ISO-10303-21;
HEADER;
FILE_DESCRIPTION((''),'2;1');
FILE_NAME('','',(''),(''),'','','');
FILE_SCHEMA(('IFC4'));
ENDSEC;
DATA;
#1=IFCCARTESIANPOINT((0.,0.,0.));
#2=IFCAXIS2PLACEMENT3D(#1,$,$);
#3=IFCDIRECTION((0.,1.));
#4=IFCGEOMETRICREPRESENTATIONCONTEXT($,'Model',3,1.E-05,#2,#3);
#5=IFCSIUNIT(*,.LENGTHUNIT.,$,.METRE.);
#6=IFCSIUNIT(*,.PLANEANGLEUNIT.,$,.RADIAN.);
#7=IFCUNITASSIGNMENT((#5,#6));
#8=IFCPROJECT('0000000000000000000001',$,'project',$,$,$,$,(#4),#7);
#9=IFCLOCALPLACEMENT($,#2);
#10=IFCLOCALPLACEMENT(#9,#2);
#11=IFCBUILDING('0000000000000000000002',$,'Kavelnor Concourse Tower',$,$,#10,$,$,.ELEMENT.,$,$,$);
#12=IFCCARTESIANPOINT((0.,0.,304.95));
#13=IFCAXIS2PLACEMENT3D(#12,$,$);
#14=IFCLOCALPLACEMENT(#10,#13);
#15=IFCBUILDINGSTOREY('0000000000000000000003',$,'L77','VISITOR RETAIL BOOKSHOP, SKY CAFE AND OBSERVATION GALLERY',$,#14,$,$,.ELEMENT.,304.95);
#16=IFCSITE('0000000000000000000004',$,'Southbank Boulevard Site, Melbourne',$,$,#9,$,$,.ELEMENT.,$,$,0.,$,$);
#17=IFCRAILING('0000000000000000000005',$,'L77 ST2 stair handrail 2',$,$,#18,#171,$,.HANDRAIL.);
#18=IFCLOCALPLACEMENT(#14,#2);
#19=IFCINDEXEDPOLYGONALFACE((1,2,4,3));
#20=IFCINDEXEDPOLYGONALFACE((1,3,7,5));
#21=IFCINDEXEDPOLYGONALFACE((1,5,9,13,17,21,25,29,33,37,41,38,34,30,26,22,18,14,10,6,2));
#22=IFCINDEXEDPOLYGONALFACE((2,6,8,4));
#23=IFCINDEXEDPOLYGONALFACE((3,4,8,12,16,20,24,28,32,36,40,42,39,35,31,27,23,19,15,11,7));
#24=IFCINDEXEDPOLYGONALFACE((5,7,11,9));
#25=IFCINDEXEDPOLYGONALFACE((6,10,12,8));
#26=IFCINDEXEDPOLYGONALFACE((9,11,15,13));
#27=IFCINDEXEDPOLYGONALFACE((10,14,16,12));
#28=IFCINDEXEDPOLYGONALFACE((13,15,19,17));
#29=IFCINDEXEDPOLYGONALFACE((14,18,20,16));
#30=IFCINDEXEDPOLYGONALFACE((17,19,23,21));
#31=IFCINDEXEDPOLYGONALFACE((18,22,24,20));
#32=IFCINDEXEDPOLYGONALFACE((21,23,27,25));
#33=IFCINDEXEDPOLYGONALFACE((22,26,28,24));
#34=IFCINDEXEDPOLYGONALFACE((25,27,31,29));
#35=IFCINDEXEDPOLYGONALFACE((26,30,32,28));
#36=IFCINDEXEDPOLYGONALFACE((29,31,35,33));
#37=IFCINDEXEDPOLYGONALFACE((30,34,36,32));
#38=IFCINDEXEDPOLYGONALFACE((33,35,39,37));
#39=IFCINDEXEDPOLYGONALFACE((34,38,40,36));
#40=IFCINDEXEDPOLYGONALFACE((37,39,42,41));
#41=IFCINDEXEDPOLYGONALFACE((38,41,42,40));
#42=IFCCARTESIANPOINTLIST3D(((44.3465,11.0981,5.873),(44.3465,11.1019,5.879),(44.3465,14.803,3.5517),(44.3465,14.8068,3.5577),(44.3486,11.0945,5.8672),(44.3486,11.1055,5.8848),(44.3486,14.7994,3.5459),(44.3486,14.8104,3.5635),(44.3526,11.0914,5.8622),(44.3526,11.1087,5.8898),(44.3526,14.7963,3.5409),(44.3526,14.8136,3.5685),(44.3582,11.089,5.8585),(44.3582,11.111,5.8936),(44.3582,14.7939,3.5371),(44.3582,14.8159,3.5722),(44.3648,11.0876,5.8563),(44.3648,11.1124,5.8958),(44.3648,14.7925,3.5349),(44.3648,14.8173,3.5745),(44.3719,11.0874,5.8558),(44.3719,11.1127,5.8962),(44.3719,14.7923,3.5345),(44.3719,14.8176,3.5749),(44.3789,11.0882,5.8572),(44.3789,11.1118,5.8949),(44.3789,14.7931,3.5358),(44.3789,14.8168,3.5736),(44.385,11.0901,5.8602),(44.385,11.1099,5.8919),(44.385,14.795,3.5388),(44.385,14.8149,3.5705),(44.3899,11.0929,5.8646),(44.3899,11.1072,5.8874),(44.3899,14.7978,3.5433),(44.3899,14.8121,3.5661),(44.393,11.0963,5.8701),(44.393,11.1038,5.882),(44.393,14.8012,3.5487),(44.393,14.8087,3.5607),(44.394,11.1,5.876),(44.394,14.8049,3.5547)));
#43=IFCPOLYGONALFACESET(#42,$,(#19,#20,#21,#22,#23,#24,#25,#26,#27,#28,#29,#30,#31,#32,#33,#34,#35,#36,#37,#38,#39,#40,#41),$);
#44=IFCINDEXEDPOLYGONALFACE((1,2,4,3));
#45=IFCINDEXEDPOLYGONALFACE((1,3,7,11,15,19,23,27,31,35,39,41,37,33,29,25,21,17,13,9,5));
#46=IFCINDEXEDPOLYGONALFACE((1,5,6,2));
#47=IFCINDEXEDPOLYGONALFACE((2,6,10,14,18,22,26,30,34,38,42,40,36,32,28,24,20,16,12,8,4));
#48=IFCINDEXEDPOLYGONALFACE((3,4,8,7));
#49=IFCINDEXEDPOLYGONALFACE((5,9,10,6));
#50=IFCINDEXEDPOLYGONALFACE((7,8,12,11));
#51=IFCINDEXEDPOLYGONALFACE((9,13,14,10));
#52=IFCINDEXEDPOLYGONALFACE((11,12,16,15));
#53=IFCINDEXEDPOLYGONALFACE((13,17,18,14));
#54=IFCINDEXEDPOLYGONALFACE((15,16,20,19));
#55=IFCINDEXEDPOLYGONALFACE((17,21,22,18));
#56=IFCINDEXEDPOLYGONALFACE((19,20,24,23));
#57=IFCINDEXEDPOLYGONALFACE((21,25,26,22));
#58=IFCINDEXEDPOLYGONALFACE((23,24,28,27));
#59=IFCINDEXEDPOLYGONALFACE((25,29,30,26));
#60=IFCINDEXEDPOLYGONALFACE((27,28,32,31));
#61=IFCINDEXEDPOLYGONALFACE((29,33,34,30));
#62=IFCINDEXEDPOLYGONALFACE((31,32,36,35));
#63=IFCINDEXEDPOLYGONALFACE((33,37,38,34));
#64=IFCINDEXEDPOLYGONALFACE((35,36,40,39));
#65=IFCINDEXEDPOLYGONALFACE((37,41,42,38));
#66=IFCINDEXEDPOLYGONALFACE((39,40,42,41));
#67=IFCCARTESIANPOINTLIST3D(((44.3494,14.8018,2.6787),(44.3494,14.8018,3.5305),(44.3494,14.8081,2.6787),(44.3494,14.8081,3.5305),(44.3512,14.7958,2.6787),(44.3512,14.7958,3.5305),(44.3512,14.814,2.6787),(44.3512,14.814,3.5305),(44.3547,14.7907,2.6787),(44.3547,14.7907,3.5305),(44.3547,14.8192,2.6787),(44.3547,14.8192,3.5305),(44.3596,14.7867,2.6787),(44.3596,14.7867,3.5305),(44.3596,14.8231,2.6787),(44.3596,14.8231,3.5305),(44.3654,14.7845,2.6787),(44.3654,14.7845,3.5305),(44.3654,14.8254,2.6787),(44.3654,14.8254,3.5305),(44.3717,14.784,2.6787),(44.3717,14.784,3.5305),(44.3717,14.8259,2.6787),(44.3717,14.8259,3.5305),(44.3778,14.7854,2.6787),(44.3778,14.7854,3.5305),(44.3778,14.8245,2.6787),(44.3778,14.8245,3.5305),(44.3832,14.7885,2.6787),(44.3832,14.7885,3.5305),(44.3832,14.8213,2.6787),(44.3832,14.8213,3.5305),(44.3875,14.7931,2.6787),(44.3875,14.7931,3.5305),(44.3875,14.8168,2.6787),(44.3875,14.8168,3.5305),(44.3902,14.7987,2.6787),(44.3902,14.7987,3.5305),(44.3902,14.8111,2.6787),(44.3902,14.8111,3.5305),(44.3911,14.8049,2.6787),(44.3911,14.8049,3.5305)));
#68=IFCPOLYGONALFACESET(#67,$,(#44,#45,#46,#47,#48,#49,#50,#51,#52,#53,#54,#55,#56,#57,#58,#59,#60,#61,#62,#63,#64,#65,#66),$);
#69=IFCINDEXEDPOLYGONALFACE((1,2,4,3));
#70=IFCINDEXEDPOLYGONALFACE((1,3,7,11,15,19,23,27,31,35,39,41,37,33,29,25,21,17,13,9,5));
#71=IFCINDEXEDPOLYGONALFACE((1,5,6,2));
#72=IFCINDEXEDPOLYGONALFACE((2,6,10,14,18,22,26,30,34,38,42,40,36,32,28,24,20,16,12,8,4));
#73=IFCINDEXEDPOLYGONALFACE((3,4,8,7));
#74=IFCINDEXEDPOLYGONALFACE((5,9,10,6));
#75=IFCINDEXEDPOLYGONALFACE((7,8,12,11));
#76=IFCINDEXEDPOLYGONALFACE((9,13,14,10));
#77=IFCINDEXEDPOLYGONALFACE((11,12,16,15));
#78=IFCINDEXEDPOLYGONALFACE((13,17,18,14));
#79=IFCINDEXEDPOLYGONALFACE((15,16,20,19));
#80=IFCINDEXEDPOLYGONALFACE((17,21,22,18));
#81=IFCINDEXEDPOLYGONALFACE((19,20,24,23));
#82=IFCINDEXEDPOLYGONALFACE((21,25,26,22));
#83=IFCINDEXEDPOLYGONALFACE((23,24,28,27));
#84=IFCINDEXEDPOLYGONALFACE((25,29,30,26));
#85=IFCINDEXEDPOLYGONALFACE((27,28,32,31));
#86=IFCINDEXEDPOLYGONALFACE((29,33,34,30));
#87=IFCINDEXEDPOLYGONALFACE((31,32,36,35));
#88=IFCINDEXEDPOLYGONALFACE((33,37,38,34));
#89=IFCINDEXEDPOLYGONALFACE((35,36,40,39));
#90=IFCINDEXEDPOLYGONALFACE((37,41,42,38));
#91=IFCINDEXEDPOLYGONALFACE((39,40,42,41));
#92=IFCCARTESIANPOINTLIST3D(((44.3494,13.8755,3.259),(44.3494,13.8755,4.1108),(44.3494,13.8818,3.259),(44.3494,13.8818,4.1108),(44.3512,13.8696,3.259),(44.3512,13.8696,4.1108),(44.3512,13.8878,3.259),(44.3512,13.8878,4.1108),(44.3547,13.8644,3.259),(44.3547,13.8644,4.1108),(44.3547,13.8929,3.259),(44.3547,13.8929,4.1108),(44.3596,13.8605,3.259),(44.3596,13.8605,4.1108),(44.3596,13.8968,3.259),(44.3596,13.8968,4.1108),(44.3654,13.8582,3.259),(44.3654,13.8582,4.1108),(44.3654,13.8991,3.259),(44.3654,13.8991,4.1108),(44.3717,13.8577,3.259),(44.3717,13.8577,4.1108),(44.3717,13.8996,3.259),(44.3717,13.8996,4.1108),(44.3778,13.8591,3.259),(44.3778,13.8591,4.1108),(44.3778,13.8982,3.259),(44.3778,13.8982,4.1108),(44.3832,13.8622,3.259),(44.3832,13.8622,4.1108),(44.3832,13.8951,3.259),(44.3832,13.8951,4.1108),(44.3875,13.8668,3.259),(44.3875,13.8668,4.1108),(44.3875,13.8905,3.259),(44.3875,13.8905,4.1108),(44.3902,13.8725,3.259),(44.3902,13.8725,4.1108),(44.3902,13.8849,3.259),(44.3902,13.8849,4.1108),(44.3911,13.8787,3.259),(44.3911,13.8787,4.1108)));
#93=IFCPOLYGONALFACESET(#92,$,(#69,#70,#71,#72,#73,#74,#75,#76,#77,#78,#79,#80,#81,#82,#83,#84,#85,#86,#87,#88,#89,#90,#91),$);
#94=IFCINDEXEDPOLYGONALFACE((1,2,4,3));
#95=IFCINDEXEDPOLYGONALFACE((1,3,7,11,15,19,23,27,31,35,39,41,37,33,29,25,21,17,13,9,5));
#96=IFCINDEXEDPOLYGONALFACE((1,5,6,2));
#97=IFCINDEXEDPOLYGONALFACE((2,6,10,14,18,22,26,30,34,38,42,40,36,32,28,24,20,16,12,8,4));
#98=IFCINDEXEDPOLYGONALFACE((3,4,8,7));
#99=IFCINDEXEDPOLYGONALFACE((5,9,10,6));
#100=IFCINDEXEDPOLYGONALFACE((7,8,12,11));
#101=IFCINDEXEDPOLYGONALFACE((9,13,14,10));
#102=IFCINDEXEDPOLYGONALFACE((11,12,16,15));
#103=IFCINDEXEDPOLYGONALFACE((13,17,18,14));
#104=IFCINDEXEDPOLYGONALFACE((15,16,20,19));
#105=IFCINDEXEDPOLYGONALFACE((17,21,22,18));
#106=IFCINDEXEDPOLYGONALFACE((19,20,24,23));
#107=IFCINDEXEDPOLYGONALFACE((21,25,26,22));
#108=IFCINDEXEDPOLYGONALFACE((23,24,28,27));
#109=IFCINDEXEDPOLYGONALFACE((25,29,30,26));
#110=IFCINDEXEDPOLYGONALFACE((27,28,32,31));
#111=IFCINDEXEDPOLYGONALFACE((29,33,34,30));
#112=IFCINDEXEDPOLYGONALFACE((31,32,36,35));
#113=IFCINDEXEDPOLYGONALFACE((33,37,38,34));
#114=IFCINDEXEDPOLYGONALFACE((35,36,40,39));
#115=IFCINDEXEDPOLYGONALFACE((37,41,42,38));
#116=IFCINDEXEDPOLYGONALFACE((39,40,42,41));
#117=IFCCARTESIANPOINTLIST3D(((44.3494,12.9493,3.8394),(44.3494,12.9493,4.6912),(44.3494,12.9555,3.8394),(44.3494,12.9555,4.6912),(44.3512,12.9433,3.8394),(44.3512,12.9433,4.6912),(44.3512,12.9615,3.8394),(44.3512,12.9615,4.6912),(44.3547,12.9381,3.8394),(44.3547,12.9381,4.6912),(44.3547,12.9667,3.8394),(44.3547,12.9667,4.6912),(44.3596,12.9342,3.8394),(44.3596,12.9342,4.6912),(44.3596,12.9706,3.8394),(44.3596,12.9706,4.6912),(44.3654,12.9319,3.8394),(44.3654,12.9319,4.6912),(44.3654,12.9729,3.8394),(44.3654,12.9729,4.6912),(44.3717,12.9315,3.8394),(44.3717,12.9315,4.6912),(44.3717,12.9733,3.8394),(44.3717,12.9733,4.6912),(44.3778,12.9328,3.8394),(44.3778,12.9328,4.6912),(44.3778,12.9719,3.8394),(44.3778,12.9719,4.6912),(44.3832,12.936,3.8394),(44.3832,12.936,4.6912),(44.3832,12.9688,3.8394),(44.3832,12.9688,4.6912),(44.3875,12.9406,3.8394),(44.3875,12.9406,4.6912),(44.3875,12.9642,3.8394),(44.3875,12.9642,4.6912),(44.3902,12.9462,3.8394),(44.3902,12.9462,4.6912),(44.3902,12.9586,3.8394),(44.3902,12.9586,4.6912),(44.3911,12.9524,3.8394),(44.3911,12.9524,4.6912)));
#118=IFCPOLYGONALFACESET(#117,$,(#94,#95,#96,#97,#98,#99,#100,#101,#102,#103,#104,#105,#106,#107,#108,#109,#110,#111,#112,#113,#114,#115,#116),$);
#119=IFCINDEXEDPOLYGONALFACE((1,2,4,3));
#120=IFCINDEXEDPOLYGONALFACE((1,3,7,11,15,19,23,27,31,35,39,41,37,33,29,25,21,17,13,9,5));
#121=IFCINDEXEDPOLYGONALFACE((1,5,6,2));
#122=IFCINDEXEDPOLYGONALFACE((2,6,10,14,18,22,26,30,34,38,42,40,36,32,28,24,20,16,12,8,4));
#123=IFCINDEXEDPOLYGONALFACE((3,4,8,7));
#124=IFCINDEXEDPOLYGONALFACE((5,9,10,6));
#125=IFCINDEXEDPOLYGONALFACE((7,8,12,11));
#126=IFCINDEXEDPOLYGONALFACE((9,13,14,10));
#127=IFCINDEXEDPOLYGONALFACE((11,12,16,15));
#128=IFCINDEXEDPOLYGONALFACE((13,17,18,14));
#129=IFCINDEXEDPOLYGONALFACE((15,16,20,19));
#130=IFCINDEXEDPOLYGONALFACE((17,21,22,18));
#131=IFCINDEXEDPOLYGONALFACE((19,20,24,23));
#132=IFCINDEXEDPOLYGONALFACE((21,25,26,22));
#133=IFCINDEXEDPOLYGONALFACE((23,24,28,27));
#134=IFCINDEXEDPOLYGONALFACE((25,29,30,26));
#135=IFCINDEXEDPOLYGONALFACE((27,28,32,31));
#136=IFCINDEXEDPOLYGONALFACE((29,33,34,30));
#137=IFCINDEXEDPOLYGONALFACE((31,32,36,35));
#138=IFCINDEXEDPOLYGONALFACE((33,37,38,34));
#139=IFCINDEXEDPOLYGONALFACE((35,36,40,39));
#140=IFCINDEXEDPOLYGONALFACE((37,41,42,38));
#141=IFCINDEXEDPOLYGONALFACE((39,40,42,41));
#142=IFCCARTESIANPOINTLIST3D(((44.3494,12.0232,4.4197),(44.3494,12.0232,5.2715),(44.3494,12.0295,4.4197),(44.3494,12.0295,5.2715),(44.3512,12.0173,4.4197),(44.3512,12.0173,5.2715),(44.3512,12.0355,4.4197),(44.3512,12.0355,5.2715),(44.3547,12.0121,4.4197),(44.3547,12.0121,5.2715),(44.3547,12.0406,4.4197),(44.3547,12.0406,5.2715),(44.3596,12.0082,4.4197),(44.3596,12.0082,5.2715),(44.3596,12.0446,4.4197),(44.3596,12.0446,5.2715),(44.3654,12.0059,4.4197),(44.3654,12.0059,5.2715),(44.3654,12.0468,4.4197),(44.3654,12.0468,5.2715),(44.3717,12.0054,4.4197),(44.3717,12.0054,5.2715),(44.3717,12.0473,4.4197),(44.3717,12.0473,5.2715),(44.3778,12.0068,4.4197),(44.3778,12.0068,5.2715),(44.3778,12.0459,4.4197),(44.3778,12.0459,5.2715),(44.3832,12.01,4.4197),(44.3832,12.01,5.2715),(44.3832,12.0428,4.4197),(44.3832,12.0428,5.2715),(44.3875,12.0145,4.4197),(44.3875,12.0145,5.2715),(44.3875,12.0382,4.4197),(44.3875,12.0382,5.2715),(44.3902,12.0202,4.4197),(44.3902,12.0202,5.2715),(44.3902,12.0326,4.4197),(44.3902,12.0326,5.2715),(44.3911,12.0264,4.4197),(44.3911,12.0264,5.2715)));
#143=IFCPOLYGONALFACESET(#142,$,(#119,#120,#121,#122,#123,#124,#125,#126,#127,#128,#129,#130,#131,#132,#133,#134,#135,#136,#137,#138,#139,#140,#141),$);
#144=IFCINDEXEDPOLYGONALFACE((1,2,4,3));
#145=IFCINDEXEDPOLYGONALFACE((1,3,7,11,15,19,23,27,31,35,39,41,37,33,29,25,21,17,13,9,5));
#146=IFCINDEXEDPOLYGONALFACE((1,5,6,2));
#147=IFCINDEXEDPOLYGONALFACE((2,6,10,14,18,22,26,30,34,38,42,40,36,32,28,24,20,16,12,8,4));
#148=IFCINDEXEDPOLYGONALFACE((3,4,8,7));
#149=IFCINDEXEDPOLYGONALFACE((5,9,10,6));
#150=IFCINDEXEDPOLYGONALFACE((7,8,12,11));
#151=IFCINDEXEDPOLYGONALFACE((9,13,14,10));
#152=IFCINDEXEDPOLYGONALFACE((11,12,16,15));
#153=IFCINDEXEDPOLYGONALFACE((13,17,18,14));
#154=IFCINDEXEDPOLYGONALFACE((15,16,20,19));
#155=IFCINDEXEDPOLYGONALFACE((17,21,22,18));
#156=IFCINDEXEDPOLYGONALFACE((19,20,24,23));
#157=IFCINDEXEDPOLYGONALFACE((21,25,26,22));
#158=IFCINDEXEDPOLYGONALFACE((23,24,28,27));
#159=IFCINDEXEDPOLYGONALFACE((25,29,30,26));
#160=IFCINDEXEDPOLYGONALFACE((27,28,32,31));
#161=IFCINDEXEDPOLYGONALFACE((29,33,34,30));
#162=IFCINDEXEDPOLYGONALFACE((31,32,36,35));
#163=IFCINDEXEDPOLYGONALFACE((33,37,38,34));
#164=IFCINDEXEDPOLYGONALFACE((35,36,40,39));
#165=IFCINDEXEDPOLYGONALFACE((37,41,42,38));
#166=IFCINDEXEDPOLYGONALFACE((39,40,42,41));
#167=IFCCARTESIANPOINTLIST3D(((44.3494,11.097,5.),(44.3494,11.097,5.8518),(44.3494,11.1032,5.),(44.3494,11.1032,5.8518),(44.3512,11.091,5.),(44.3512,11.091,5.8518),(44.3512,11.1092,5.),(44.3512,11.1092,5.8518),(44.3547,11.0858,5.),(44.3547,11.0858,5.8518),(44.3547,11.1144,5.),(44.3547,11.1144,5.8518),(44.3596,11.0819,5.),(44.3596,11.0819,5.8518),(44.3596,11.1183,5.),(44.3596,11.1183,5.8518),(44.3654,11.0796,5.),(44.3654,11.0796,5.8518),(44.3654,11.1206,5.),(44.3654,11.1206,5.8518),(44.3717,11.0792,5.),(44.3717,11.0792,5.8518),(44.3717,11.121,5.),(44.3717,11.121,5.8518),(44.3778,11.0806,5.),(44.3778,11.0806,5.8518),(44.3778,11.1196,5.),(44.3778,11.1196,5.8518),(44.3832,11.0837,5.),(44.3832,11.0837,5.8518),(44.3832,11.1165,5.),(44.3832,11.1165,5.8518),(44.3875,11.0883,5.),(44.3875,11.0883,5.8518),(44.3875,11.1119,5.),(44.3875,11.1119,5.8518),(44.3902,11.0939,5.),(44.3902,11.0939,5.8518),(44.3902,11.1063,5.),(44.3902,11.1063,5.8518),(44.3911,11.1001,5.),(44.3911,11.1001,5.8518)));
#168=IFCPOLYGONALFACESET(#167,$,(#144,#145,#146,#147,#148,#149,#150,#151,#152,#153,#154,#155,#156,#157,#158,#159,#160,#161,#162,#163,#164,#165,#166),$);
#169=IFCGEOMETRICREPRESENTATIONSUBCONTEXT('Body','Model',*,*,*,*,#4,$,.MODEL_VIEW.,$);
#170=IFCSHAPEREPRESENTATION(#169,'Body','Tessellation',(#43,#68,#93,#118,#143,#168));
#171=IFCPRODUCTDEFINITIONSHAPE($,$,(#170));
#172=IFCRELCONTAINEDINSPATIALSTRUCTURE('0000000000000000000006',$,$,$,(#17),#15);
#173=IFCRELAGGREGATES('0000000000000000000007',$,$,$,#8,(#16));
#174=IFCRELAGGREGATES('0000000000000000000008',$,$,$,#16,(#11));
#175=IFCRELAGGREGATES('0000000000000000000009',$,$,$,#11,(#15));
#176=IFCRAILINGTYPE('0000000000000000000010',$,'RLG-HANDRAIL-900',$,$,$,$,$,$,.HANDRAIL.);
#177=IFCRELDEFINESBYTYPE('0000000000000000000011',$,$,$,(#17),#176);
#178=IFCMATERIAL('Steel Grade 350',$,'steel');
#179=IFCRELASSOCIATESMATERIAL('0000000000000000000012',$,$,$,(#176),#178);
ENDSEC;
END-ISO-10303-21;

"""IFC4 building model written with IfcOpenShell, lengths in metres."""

from ifc_helpers import new_model, si_unit, direction, frame, origin, origin_2d, place, context, subcontext, project, spatial, circle, extrude, material, type_object, element, save


model = new_model("IFC4")

# Units and contexts
model_context = context("Model", 3, precision=1e-05, world=origin(), true_north=direction((0.0, 1.0)))
body_context = subcontext(model_context, "Body", "Model", "MODEL_VIEW")
ifc_project = project(units=[si_unit("LENGTHUNIT", "METRE"), si_unit("PLANEANGLEUNIT", "RADIAN")], contexts=[model_context])

# Site, building, storey
site_placement = place(None, origin())
site = spatial("IfcSite", under=ifc_project, at=site_placement, Name="Southbank Boulevard Site, Melbourne", CompositionType="ELEMENT", RefElevation=0.0)
building_placement = place(site_placement, origin())
building = spatial("IfcBuilding", under=site, at=building_placement, Name="Kavelnor Concourse Tower", CompositionType="ELEMENT")
storey_placement = place(building_placement, frame((0.0, 0.0, 304.95)))
storey = spatial("IfcBuildingStorey", under=building, at=storey_placement, Name="L77", Description="VISITOR RETAIL BOOKSHOP, SKY CAFE AND OBSERVATION GALLERY", CompositionType="ELEMENT", Elevation=304.95)

# Shared definitions
ifc_material_1 = material(Name="Steel Grade 350", Category="steel")

# Railing
railing_type_1 = type_object("IfcRailingType", Name="RLG-HANDRAIL-900", PredefinedType="HANDRAIL", material=ifc_material_1)
railing_1_placement = place(storey_placement, frame((44.3701, 14.8049, 2.6787)))
element("IfcRailing", 1, at=railing_1_placement, inside=storey, type_object=railing_type_1, Name="L77 ST2 stair handrail 2", PredefinedType="HANDRAIL", context=body_context, shape_type="SweptSolid", body=[
    extrude(circle(Radius=0.0239, at=origin_2d()), frame((0.0, 0.0, 0.876), z_axis=(0.0, -0.847405, 0.530947), x_axis=(1.0, 0.0, 0.0)), (0.0, 0.0, 1.0), 4.3721),
    extrude(circle(Radius=0.021, at=origin_2d()), origin(), (0.0, 0.0, 1.0), 0.8518),
    extrude(circle(Radius=0.021, at=origin_2d()), frame((0.0, -0.9263, 0.5803)), (0.0, 0.0, 1.0), 0.8518),
    extrude(circle(Radius=0.021, at=origin_2d()), frame((0.0, -1.8525, 1.1606)), (0.0, 0.0, 1.0), 0.8518),
    extrude(circle(Radius=0.021, at=origin_2d()), frame((0.0, -2.7786, 1.741)), (0.0, 0.0, 1.0), 0.8518),
    extrude(circle(Radius=0.021, at=origin_2d()), frame((0.0, -3.7048, 2.3213)), (0.0, 0.0, 1.0), 0.8518),
])

save(model, "model.ifc")
